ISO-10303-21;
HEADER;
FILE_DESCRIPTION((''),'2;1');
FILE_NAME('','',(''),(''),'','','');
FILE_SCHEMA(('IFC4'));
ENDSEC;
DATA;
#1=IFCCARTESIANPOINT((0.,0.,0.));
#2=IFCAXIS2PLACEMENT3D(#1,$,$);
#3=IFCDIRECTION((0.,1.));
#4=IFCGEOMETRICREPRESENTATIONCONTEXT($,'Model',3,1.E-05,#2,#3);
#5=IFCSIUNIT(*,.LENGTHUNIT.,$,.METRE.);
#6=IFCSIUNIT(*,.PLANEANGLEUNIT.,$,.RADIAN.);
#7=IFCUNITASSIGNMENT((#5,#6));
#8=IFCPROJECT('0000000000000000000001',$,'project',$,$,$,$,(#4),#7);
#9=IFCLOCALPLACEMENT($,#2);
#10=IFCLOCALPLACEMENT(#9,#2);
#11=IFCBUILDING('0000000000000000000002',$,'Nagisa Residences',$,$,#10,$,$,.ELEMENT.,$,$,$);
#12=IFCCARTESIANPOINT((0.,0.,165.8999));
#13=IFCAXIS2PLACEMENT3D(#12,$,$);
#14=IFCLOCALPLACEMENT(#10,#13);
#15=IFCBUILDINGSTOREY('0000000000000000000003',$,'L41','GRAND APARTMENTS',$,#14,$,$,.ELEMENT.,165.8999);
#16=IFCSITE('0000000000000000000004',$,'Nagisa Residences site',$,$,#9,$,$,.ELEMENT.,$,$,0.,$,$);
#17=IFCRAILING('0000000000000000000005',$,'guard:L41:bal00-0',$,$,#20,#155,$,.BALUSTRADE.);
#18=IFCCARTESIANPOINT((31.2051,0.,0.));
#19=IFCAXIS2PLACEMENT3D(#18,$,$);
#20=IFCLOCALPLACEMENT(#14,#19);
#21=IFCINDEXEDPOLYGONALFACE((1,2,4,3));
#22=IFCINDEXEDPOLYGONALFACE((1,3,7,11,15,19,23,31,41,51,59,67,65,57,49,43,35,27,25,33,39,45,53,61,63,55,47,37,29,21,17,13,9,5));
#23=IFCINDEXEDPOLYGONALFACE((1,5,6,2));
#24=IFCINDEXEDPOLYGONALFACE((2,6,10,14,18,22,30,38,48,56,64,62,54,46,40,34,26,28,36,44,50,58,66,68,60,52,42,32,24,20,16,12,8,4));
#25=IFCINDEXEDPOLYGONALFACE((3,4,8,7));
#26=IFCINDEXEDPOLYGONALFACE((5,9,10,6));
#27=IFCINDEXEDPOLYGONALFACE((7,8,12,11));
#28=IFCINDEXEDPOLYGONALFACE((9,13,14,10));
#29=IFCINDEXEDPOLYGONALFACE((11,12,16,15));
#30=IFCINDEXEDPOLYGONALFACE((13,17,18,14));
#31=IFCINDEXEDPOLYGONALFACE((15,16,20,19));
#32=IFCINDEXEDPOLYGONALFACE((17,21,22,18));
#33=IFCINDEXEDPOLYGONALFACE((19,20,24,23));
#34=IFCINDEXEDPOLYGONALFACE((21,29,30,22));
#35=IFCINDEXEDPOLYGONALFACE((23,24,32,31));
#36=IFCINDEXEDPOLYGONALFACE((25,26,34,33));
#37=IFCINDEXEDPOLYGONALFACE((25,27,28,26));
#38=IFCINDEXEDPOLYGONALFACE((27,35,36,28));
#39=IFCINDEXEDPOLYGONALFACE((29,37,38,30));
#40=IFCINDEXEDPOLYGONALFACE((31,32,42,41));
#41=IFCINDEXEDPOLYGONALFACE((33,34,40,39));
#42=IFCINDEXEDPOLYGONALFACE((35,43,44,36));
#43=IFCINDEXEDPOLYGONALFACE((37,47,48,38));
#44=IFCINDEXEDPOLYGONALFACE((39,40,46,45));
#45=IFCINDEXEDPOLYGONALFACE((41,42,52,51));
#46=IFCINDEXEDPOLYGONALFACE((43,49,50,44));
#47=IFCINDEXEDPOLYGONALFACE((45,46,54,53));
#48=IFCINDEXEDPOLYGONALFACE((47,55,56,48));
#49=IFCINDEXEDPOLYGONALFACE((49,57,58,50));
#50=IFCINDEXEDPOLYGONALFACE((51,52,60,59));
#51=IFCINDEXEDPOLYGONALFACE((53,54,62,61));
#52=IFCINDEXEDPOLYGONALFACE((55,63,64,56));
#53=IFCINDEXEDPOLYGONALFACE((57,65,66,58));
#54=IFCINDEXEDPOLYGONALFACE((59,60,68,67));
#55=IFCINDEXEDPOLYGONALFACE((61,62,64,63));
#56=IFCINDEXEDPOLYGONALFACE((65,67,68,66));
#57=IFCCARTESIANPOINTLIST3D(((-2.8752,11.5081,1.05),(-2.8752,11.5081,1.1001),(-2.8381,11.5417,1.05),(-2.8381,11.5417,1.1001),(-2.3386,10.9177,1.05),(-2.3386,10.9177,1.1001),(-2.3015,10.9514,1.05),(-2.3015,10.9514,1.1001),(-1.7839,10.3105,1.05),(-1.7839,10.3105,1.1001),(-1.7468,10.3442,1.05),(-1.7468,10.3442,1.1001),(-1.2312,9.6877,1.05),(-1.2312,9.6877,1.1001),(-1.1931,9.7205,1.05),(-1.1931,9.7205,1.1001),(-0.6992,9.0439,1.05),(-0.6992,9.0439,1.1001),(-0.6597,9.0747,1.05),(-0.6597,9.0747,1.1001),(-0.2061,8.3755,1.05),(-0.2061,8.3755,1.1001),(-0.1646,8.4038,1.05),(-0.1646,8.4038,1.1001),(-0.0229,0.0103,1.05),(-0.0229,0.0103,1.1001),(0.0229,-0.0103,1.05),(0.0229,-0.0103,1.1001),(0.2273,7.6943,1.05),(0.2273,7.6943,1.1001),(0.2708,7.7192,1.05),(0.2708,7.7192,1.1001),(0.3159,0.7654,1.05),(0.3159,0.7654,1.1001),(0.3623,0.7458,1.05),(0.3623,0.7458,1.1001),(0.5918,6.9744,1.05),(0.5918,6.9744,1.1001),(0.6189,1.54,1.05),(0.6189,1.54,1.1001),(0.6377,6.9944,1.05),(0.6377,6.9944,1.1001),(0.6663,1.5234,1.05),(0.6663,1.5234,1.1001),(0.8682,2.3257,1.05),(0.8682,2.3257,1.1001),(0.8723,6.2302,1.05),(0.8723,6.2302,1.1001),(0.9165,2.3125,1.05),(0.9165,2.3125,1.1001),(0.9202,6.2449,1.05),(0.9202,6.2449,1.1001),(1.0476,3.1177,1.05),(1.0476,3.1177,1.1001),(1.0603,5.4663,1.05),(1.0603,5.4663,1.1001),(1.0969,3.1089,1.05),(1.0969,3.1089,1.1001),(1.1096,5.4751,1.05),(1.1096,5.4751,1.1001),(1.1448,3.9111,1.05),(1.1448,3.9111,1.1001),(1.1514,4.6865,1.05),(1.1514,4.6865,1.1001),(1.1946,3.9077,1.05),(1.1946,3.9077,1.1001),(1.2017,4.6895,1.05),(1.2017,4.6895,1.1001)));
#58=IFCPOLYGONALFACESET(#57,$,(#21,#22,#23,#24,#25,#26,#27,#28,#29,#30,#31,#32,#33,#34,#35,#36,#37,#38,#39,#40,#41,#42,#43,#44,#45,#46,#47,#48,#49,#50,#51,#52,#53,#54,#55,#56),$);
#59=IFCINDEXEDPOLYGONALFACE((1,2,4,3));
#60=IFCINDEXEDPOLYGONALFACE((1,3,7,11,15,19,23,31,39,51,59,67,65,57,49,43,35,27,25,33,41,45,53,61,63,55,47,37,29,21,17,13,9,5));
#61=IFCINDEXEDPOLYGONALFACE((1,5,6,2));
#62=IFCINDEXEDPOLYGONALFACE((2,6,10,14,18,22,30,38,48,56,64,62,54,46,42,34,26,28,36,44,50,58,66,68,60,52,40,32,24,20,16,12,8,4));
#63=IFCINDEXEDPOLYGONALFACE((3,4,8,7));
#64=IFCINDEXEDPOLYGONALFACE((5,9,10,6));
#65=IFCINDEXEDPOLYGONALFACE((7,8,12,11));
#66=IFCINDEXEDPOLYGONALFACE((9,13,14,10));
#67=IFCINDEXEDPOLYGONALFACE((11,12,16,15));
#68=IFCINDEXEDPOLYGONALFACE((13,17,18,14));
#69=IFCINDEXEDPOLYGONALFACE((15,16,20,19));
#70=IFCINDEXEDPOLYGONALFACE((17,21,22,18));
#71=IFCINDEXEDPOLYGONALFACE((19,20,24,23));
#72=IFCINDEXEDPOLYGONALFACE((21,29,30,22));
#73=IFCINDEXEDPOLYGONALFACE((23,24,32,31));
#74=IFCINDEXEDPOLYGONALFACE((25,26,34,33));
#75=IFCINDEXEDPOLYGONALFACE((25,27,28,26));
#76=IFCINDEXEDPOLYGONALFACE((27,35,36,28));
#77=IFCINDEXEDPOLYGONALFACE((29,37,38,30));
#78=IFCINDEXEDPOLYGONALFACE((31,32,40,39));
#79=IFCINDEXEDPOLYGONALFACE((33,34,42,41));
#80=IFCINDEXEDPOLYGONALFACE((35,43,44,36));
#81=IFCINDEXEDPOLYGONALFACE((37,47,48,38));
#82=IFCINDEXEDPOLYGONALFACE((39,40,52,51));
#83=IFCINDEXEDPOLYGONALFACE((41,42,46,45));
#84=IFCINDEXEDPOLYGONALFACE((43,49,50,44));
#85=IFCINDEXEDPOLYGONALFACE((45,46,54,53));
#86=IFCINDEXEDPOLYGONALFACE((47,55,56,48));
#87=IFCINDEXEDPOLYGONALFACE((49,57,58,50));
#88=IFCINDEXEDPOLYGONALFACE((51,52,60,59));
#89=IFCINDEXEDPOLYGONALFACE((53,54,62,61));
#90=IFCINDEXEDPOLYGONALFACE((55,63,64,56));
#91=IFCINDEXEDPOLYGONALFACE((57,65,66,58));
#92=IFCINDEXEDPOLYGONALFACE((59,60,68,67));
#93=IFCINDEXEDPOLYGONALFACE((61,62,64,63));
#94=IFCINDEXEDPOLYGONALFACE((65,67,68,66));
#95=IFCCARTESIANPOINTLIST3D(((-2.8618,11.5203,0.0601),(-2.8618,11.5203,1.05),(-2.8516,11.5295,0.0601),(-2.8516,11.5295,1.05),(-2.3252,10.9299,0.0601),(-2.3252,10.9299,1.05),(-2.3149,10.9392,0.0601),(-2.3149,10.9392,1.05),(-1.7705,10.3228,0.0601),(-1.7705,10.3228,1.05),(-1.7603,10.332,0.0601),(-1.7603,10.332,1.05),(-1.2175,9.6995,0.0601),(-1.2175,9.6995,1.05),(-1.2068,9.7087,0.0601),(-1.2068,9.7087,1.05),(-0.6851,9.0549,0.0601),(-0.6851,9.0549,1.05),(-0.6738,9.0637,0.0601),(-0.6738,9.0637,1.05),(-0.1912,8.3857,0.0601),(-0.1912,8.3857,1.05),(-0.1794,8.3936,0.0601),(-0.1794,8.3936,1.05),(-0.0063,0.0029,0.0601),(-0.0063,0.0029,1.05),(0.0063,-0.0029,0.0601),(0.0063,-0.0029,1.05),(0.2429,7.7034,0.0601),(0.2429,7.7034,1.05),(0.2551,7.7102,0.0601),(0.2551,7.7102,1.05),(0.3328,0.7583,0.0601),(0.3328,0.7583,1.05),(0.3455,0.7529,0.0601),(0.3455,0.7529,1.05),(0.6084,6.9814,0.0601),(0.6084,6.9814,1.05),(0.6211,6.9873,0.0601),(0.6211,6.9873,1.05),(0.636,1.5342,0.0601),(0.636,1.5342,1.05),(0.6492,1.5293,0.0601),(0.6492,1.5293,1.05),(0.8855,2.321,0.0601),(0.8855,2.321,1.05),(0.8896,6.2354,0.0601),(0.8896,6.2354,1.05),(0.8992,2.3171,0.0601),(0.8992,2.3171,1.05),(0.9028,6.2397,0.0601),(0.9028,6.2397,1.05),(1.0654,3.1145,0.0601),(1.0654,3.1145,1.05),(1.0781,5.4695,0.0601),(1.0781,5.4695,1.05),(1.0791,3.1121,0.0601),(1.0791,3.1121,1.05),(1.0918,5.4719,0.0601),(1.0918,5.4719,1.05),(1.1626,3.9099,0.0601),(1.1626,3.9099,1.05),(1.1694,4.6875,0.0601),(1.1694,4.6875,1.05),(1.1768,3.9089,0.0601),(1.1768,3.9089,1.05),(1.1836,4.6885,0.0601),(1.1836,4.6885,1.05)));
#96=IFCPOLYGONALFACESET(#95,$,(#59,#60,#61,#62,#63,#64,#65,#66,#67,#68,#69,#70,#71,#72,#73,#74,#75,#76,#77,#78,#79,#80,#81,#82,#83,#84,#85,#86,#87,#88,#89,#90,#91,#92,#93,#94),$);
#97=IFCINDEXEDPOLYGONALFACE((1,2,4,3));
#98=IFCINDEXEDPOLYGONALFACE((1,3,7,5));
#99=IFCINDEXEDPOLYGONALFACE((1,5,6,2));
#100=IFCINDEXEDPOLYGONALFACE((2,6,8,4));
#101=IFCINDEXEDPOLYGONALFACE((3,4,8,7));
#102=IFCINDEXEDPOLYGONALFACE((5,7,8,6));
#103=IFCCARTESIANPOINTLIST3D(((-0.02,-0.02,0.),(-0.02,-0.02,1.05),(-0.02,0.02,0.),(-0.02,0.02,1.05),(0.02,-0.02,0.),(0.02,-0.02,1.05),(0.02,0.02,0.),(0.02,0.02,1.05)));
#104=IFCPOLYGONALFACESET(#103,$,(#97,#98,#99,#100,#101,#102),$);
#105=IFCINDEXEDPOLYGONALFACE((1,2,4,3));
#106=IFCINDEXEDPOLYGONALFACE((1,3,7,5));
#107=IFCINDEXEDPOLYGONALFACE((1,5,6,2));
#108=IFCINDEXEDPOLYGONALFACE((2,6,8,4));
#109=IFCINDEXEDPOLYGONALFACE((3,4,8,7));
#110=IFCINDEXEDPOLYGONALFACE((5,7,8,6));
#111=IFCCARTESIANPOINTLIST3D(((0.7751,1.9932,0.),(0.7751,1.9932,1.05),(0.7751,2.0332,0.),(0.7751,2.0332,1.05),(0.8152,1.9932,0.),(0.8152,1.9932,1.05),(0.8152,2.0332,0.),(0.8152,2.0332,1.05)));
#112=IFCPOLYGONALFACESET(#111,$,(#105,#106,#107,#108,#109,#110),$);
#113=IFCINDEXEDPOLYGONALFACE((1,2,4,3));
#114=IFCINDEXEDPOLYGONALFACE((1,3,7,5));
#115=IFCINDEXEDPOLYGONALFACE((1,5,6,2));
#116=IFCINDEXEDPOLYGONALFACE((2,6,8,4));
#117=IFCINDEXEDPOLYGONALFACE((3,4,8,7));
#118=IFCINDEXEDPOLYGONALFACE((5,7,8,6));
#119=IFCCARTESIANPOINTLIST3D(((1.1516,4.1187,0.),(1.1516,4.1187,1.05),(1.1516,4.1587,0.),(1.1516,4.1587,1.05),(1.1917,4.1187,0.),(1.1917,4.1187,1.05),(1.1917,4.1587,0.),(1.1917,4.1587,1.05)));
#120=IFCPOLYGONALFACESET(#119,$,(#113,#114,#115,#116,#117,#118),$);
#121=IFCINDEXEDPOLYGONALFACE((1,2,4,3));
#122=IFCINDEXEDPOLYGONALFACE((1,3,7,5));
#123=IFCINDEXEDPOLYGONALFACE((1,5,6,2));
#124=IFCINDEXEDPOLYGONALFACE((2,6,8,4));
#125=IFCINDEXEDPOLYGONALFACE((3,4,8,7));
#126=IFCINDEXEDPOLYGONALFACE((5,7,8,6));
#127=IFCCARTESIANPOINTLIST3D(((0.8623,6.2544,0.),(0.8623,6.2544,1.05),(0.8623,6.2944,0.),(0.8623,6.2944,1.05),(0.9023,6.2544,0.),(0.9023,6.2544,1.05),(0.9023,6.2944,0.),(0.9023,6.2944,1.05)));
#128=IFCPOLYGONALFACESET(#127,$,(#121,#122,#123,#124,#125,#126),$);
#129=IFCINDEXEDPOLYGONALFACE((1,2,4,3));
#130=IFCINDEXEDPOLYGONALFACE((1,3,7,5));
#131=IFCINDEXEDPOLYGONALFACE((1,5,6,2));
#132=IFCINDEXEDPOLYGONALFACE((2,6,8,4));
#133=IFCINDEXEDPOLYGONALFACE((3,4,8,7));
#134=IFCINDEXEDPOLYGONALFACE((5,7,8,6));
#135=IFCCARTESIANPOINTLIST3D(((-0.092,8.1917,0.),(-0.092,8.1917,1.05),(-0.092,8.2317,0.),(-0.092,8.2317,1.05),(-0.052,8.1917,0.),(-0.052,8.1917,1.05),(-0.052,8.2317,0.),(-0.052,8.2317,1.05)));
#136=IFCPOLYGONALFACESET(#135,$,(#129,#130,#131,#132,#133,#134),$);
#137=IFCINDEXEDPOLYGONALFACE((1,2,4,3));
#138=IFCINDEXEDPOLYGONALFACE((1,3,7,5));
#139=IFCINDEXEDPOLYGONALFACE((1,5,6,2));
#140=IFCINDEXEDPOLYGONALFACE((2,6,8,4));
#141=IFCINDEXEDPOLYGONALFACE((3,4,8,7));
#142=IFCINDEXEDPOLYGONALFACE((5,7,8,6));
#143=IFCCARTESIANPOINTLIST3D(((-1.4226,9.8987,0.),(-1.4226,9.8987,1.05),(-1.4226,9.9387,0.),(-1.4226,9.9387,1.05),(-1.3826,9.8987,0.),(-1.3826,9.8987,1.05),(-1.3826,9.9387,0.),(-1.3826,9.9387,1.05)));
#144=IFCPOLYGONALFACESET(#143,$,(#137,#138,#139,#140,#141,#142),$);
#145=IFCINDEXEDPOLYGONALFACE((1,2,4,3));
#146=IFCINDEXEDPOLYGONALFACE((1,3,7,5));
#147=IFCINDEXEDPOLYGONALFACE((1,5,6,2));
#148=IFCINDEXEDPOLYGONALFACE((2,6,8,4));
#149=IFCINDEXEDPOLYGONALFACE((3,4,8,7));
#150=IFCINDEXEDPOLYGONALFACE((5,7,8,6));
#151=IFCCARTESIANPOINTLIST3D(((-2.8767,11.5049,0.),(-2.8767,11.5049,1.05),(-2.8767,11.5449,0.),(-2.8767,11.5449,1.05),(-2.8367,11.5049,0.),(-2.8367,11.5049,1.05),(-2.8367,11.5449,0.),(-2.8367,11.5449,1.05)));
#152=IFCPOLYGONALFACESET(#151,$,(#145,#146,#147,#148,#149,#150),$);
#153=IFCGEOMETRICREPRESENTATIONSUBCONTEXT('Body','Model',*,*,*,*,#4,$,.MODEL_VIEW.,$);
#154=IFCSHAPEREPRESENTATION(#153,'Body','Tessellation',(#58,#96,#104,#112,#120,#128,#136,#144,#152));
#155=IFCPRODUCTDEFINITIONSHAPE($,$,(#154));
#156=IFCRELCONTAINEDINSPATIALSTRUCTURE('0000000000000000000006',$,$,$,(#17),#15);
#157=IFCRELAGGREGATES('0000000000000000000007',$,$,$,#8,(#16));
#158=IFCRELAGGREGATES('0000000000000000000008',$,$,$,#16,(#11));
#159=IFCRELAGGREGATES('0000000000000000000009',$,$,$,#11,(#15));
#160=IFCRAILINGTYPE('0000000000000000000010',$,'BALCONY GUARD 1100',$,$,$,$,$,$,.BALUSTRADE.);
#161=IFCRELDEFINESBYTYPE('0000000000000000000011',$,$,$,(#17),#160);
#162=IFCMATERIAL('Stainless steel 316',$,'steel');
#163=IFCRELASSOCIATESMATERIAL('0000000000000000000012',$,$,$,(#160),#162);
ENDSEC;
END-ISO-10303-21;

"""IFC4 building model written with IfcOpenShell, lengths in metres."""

from ifc_helpers import new_model, si_unit, direction, frame, origin, origin_2d, place, context, subcontext, project, spatial, polyline, rectangle, outline, extrude, material, type_object, element, save


model = new_model("IFC4")

# Units and contexts
model_context = context("Model", 3, precision=1e-05, world=origin(), true_north=direction((0.0, 1.0)))
body_context = subcontext(model_context, "Body", "Model", "MODEL_VIEW")
ifc_project = project(units=[si_unit("LENGTHUNIT", "METRE"), si_unit("PLANEANGLEUNIT", "RADIAN")], contexts=[model_context])

# Site, building, storey
site_placement = place(None, origin())
site = spatial("IfcSite", under=ifc_project, at=site_placement, Name="Nagisa Residences site", CompositionType="ELEMENT", RefElevation=0.0)
building_placement = place(site_placement, origin())
building = spatial("IfcBuilding", under=site, at=building_placement, Name="Nagisa Residences", CompositionType="ELEMENT")
storey_placement = place(building_placement, frame((0.0, 0.0, 165.8999)))
storey = spatial("IfcBuildingStorey", under=building, at=storey_placement, Name="L41", Description="GRAND APARTMENTS", CompositionType="ELEMENT", Elevation=165.8999)

# Railing
ifc_material_1 = material(Name="Stainless steel 316", Category="steel")
railing_type = type_object("IfcRailingType", Name="BALCONY GUARD 1100", PredefinedType="BALUSTRADE", material=ifc_material_1)
railing_1_placement = place(storey_placement, frame((31.2051, 0.0, 0.0)))
element("IfcRailing", 1, at=railing_1_placement, inside=storey, type_object=railing_type, Name="guard:L41:bal00-0", PredefinedType="BALUSTRADE", context=body_context, shape_type="SweptSolid", body=[
    extrude(outline(polyline([(0.3159, 0.7654), (-0.0229, 0.0103), (0.0229, -0.0103), (0.3623, 0.7458), (0.6663, 1.5234), (0.9165, 2.3125), (1.0969, 3.1089), (1.1946, 3.9077), (1.2017, 4.6895), (1.1096, 5.4751), (0.9202, 6.2449), (0.6377, 6.9944), (0.2708, 7.7192), (-0.1646, 8.4038), (-0.6597, 9.0747), (-1.1931, 9.7205), (-1.7468, 10.3442), (-2.3015, 10.9514), (-2.8381, 11.5417), (-2.8752, 11.5081), (-2.3386, 10.9177), (-1.7839, 10.3105), (-1.2312, 9.6877), (-0.6992, 9.0439), (-0.2061, 8.3755), (0.2273, 7.6943), (0.5918, 6.9744), (0.8723, 6.2302), (1.0603, 5.4663), (1.1514, 4.6865), (1.1448, 3.9111), (1.0476, 3.1177), (0.8682, 2.3257), (0.6189, 1.54), (0.3159, 0.7654)])), frame((0.0, 0.0, 1.05)), (0.0, 0.0, 1.0), 0.05),
    extrude(outline(polyline([(0.3328, 0.7583), (-0.0063, 0.0029), (0.0063, -0.0029), (0.3455, 0.7529), (0.6492, 1.5293), (0.8992, 2.3171), (1.0791, 3.1121), (1.1768, 3.9089), (1.1836, 4.6885), (1.0918, 5.4719), (0.9028, 6.2397), (0.6211, 6.9873), (0.2551, 7.7102), (-0.1794, 8.3936), (-0.6738, 9.0637), (-1.2068, 9.7087), (-1.7603, 10.332), (-2.3149, 10.9392), (-2.8516, 11.5295), (-2.8618, 11.5203), (-2.3252, 10.9299), (-1.7705, 10.3228), (-1.2175, 9.6995), (-0.6851, 9.0549), (-0.1912, 8.3857), (0.2429, 7.7034), (0.6084, 6.9814), (0.8896, 6.2354), (1.0781, 5.4695), (1.1694, 4.6875), (1.1626, 3.9099), (1.0654, 3.1145), (0.8855, 2.321), (0.636, 1.5342), (0.3328, 0.7583)])), frame((0.0, 0.0, 0.0601)), (0.0, 0.0, 1.0), 0.99),
    extrude(rectangle(XDim=0.04, YDim=0.04, at=origin_2d()), origin(), (0.0, 0.0, 1.0), 1.05),
    extrude(rectangle(XDim=0.04, YDim=0.04, at=origin_2d()), frame((0.7952, 2.0132, 0.0)), (0.0, 0.0, 1.0), 1.05),
    extrude(rectangle(XDim=0.04, YDim=0.04, at=origin_2d()), frame((1.1716, 4.1387, 0.0)), (0.0, 0.0, 1.0), 1.05),
    extrude(rectangle(XDim=0.04, YDim=0.04, at=origin_2d()), frame((0.8823, 6.2744, 0.0)), (0.0, 0.0, 1.0), 1.05),
    extrude(rectangle(XDim=0.04, YDim=0.04, at=origin_2d()), frame((-0.072, 8.2117, 0.0)), (0.0, 0.0, 1.0), 1.05),
    extrude(rectangle(XDim=0.04, YDim=0.04, at=origin_2d()), frame((-1.4026, 9.9187, 0.0)), (0.0, 0.0, 1.0), 1.05),
    extrude(rectangle(XDim=0.04, YDim=0.04, at=origin_2d()), frame((-2.8567, 11.5249, 0.0)), (0.0, 0.0, 1.0), 1.05),
])

save(model, "model.ifc")
